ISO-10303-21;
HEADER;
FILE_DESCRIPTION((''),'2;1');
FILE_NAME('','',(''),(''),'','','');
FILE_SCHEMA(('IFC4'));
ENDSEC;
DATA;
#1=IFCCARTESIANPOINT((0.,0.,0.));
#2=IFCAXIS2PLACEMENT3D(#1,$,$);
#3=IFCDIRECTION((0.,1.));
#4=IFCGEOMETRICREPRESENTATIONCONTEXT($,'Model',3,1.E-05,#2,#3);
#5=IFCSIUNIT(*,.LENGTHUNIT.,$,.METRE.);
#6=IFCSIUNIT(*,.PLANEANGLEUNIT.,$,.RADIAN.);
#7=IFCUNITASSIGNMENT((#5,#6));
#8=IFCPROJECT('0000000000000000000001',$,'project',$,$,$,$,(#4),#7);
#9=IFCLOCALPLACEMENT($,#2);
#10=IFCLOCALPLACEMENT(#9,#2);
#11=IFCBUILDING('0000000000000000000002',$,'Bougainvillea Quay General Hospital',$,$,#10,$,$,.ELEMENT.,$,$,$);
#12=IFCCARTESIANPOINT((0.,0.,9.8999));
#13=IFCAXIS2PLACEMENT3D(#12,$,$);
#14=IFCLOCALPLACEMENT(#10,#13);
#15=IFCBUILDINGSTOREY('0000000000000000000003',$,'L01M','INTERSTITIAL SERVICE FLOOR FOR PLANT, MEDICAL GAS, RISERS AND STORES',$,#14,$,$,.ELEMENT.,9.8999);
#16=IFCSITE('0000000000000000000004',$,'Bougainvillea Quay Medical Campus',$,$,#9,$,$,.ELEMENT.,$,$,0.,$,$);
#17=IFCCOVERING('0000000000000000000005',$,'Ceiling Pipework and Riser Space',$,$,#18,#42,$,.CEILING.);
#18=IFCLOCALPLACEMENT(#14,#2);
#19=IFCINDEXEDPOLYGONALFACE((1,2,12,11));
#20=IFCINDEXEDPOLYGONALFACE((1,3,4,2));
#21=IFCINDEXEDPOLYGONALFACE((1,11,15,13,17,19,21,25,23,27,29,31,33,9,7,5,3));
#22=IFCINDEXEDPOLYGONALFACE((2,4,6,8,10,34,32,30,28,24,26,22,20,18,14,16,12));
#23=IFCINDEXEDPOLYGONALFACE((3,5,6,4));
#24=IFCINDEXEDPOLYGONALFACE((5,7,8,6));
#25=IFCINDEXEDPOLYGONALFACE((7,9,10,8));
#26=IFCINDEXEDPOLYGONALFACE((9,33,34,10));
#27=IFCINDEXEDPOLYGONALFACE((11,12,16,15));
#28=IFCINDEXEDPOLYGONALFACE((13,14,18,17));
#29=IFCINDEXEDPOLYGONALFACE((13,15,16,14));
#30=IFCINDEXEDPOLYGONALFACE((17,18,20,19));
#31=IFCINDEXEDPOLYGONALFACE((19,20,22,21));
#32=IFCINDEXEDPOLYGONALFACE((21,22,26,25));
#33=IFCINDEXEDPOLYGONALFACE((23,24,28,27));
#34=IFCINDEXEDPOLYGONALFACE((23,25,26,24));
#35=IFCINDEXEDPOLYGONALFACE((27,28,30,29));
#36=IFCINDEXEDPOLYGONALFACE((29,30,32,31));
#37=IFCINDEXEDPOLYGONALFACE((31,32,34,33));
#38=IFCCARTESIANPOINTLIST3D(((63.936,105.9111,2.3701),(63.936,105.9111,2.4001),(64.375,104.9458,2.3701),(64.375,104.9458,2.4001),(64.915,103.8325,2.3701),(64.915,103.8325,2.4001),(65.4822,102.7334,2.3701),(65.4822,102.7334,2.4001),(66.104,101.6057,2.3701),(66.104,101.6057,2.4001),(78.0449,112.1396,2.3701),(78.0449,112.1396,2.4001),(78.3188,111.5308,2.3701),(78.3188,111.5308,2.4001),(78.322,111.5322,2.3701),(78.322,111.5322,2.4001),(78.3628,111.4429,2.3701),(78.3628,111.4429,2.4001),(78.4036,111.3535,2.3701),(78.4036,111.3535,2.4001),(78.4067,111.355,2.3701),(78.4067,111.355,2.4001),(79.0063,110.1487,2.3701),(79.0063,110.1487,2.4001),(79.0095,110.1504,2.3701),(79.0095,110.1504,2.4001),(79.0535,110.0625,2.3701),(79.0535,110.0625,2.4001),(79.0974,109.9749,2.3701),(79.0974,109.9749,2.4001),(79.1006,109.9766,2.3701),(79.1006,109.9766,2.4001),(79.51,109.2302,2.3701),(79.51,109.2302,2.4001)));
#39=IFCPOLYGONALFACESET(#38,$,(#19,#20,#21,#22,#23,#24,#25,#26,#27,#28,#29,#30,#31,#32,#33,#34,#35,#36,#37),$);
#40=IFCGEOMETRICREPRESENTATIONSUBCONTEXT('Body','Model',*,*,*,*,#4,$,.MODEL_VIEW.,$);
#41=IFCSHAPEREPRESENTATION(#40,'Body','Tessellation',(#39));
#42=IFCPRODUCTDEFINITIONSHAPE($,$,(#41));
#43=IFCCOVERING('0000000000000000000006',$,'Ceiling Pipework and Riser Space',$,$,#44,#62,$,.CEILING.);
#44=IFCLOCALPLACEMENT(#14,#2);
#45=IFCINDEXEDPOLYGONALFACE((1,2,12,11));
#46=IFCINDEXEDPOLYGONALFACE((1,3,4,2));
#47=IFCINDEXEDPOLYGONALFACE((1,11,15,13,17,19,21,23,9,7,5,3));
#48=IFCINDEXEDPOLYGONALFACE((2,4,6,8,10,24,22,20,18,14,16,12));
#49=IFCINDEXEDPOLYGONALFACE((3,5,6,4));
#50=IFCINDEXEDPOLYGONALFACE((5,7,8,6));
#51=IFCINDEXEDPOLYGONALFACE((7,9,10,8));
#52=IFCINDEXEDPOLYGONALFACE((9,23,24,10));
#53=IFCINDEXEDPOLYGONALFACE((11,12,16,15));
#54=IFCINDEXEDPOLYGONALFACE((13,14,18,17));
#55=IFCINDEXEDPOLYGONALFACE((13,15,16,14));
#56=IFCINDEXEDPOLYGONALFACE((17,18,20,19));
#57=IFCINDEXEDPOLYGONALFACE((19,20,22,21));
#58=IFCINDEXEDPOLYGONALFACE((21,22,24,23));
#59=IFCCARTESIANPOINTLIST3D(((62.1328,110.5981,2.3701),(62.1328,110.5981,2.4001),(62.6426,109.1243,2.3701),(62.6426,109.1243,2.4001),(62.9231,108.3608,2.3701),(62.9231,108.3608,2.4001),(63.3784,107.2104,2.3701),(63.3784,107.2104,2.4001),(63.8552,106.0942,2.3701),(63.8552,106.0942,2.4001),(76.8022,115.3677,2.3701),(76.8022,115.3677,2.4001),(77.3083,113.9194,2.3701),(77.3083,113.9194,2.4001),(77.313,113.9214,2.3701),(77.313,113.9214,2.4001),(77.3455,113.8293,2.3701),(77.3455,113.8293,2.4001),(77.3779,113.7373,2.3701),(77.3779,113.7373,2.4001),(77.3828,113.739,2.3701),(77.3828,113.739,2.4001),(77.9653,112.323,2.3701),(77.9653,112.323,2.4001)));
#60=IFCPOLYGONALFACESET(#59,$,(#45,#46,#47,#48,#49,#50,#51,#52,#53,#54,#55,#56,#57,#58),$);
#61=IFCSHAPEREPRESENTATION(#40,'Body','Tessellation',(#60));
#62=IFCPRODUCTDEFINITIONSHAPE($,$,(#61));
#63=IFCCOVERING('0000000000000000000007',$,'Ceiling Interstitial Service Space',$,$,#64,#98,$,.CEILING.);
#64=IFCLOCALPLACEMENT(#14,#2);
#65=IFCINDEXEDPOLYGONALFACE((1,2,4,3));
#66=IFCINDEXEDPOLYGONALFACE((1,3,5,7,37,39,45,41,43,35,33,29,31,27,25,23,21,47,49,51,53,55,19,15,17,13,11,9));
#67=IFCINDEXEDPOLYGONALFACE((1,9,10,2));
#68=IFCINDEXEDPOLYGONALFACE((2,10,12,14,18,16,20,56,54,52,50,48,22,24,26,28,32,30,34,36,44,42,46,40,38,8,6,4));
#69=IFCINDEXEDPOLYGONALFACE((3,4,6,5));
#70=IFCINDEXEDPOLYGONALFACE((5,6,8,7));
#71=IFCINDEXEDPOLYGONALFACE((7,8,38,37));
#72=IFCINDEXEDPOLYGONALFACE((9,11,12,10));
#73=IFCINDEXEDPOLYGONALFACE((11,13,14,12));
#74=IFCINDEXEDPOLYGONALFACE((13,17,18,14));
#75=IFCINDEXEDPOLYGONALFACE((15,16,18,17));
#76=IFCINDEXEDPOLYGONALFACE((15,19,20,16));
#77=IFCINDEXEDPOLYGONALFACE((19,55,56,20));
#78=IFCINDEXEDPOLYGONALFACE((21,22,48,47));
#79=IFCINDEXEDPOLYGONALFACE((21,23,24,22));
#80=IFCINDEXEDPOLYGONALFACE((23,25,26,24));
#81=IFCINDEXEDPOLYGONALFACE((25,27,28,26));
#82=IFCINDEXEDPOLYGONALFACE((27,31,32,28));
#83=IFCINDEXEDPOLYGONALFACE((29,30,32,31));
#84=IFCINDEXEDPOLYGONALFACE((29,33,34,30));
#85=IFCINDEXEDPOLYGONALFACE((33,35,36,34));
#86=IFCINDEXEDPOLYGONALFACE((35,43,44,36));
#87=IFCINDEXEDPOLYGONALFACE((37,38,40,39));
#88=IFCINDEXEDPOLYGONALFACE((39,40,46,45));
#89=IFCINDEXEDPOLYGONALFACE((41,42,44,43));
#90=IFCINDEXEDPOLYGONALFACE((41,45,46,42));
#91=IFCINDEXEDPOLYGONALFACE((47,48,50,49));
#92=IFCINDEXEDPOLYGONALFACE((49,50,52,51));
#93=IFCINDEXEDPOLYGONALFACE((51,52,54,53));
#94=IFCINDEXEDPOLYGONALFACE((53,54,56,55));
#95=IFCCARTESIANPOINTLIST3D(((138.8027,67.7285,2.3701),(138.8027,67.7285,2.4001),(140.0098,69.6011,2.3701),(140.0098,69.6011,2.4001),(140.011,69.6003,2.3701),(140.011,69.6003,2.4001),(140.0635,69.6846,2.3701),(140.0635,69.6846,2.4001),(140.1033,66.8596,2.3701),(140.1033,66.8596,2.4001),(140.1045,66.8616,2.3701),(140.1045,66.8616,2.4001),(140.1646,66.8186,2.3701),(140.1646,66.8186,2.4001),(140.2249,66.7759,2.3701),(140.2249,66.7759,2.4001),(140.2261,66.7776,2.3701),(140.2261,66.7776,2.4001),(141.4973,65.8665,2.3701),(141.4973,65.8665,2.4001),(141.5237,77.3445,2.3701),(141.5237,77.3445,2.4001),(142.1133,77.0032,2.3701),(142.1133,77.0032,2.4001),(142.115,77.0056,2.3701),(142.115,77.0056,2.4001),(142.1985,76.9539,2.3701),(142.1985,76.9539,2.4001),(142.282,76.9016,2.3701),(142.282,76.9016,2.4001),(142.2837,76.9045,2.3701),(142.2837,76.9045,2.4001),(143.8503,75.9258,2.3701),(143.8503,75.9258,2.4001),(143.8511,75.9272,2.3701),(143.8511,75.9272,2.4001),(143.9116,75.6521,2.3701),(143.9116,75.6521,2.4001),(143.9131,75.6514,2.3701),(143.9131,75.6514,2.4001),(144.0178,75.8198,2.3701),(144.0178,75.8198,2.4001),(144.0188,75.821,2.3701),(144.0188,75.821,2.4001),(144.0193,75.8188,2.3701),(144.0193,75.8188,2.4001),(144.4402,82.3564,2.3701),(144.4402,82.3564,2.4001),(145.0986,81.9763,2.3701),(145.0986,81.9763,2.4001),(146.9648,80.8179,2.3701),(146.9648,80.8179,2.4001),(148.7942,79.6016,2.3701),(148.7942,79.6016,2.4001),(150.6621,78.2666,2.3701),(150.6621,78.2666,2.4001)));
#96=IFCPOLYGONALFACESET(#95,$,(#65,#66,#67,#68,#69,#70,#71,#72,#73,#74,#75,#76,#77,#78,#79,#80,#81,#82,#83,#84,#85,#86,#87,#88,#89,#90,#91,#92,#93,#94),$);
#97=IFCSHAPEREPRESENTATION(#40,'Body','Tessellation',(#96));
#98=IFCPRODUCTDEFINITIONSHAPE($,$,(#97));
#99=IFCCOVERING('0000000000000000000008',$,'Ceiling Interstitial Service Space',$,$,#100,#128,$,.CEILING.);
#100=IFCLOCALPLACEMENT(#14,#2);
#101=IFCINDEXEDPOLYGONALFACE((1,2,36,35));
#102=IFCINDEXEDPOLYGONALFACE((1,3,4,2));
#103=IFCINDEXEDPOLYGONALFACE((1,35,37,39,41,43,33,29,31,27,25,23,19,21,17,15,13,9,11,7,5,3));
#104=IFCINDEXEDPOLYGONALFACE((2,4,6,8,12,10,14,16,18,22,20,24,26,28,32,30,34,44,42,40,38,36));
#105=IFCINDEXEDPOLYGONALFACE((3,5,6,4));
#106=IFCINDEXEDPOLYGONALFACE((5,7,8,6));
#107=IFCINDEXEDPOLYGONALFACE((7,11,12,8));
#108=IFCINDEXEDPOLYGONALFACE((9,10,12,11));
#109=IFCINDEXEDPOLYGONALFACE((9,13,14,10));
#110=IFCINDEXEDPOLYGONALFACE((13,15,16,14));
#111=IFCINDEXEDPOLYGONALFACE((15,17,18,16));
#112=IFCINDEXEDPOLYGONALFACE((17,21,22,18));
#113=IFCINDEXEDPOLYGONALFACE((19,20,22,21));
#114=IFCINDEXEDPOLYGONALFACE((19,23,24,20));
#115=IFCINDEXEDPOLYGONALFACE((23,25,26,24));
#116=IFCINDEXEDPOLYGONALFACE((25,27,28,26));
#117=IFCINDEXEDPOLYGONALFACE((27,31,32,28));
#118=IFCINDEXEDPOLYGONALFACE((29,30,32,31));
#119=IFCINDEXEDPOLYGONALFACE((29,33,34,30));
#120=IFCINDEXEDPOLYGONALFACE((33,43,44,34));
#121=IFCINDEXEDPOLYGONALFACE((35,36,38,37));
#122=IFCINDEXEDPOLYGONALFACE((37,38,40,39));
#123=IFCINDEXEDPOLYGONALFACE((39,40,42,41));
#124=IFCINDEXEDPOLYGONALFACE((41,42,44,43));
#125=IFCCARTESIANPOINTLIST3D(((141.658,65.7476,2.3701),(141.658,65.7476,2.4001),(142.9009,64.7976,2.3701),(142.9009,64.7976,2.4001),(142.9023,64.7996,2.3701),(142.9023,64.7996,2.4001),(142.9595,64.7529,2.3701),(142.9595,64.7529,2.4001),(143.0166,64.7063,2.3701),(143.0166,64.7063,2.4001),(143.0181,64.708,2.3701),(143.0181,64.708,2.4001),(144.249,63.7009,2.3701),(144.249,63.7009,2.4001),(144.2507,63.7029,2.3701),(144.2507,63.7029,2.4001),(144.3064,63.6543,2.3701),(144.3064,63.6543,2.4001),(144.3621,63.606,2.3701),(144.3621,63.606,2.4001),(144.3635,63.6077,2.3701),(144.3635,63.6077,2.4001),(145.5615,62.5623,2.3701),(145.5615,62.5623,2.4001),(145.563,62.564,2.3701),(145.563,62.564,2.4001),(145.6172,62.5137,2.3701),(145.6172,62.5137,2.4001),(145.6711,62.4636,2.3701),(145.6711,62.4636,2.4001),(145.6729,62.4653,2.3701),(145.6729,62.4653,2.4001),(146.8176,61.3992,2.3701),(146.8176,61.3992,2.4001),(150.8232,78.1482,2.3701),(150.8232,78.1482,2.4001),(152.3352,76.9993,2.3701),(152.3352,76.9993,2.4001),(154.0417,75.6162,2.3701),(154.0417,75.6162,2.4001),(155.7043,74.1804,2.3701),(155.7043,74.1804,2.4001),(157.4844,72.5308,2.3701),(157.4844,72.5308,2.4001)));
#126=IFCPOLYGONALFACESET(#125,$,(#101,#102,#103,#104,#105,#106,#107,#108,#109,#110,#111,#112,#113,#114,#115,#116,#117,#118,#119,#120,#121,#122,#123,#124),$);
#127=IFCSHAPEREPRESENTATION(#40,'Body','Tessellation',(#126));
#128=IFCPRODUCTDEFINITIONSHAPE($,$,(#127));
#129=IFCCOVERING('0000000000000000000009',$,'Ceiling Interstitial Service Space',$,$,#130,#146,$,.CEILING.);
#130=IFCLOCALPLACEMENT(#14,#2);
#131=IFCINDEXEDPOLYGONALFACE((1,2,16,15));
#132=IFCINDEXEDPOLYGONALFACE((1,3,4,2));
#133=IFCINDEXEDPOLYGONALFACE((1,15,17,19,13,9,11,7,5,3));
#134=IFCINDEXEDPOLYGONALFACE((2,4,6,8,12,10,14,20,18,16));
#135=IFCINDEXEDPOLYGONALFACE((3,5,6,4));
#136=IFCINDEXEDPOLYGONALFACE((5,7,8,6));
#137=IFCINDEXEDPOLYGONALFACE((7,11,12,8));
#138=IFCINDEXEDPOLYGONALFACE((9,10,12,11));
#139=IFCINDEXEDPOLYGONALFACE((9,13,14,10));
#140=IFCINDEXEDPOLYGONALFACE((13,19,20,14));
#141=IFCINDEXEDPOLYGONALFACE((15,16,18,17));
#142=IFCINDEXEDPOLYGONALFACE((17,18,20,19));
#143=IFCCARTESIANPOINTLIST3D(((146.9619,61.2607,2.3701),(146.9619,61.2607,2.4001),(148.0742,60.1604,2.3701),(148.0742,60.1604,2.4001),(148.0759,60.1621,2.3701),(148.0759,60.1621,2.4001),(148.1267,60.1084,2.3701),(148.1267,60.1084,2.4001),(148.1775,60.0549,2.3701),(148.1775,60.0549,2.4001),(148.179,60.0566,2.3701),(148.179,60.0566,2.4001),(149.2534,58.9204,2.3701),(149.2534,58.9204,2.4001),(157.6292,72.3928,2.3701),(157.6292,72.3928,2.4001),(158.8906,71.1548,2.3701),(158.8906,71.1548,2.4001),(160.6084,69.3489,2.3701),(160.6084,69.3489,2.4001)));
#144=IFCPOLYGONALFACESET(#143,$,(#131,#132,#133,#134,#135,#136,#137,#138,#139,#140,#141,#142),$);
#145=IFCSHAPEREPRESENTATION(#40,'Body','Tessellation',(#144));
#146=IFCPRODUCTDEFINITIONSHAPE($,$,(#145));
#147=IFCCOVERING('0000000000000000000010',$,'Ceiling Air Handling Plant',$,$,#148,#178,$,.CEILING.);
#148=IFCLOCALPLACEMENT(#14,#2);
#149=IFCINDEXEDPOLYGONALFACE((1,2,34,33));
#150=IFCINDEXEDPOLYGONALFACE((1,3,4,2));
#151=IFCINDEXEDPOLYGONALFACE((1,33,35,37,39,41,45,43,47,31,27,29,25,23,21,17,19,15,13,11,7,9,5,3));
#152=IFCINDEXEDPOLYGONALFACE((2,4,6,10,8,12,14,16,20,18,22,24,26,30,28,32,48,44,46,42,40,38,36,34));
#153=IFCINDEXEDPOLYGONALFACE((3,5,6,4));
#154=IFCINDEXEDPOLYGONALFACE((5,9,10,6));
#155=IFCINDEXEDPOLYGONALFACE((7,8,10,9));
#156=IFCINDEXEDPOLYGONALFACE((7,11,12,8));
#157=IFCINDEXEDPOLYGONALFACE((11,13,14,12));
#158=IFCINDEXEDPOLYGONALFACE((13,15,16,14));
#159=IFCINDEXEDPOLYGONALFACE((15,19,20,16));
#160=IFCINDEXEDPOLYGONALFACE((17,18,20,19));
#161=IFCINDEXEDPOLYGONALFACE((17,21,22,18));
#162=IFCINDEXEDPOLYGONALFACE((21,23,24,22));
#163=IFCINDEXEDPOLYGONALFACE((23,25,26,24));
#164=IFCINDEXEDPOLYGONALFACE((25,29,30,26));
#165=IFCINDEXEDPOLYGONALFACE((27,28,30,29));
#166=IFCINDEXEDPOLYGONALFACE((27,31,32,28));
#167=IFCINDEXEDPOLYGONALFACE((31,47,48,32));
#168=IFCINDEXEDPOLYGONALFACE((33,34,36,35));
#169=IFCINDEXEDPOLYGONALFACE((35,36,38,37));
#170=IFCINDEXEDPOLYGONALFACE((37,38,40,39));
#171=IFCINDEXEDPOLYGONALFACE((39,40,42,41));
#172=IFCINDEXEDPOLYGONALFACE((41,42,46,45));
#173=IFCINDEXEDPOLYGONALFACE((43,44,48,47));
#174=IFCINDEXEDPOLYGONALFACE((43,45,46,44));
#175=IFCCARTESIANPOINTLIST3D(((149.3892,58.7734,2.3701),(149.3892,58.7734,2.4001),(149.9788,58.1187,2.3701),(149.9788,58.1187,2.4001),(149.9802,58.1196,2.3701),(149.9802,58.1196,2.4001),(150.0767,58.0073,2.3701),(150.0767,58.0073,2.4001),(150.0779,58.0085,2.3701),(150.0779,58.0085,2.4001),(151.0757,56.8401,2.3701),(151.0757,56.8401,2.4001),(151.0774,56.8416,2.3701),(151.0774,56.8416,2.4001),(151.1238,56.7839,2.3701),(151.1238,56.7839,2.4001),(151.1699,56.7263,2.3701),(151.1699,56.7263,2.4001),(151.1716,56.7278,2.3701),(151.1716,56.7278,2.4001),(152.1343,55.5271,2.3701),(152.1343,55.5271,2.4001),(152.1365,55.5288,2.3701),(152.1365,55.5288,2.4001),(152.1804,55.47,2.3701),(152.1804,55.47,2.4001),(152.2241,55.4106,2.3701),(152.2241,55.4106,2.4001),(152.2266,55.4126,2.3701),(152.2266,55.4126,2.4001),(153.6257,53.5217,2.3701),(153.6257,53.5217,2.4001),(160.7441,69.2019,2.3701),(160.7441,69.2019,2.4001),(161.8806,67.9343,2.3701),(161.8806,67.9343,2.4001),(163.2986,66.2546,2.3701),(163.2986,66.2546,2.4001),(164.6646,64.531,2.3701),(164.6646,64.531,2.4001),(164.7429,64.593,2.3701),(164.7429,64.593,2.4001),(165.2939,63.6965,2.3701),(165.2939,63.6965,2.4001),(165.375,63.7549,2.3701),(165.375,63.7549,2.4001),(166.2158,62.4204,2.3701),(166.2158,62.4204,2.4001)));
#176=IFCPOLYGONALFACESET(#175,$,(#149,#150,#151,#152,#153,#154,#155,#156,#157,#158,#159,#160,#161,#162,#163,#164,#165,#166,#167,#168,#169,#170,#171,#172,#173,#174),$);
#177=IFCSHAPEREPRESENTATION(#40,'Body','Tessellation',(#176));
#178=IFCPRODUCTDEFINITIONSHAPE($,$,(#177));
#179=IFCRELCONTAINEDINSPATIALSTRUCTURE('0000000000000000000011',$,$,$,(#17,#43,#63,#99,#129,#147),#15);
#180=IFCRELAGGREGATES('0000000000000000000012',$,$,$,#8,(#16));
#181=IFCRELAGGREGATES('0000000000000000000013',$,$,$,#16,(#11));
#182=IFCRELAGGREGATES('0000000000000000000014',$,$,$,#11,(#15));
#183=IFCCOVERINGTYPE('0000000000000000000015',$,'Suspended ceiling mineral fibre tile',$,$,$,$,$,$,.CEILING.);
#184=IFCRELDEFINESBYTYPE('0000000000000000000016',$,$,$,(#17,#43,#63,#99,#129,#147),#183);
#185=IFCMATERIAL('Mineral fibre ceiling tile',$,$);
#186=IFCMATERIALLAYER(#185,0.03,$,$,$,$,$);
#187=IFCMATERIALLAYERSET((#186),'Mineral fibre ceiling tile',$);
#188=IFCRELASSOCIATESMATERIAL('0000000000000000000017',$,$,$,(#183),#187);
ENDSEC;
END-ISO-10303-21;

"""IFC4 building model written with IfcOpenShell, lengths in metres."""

from ifc_helpers import new_model, si_unit, direction, frame, origin, place, context, subcontext, project, spatial, polyline, outline, extrude, material, layer, layer_set, type_object, element, save


model = new_model("IFC4")

# Units and contexts
model_context = context("Model", 3, precision=1e-05, world=origin(), true_north=direction((0.0, 1.0)))
body_context = subcontext(model_context, "Body", "Model", "MODEL_VIEW")
ifc_project = project(units=[si_unit("LENGTHUNIT", "METRE"), si_unit("PLANEANGLEUNIT", "RADIAN")], contexts=[model_context])

# Site, building, storey
site_placement = place(None, origin())
site = spatial("IfcSite", under=ifc_project, at=site_placement, Name="Bougainvillea Quay Medical Campus", CompositionType="ELEMENT", RefElevation=0.0)
building_placement = place(site_placement, origin())
building = spatial("IfcBuilding", under=site, at=building_placement, Name="Bougainvillea Quay General Hospital", CompositionType="ELEMENT")
storey_placement = place(building_placement, frame((0.0, 0.0, 9.8999)))
storey = spatial("IfcBuildingStorey", under=building, at=storey_placement, Name="L01M", Description="INTERSTITIAL SERVICE FLOOR FOR PLANT, MEDICAL GAS, RISERS AND STORES", CompositionType="ELEMENT", Elevation=9.8999)

# Coverings
ifc_material = material(Name="Mineral fibre ceiling tile")
ifc_layer = layer(ifc_material, 0.03)
ifc_layer_set = layer_set([ifc_layer], Name="Mineral fibre ceiling tile")
covering_type = type_object("IfcCoveringType", Name="Suspended ceiling mineral fibre tile", PredefinedType="CEILING", material=ifc_layer_set)
covering_1_placement = place(storey_placement, frame((0.0, 0.0, 2.3701)))
element("IfcCovering", 1, at=covering_1_placement, inside=storey, type_object=covering_type, Name="Ceiling Pipework and Riser Space", PredefinedType="CEILING", context=body_context, shape_type="SweptSolid", body=[
    extrude(outline(polyline([(63.936, 105.9111), (64.375, 104.9458), (64.915, 103.8325), (65.4822, 102.7334), (66.104, 101.6057), (79.51, 109.2302), (79.1006, 109.9766), (79.0974, 109.9749), (79.0535, 110.0625), (79.0063, 110.1487), (79.0095, 110.1504), (78.4067, 111.355), (78.4036, 111.3535), (78.3628, 111.4429), (78.3188, 111.5308), (78.322, 111.5322), (78.0449, 112.1396), (63.936, 105.9111)])), origin(), (0.0, 0.0, 1.0), 0.03),
])
covering_2_placement = place(storey_placement, frame((0.0, 0.0, 2.3701)))
element("IfcCovering", 2, at=covering_2_placement, inside=storey, type_object=covering_type, Name="Ceiling Pipework and Riser Space", PredefinedType="CEILING", context=body_context, shape_type="SweptSolid", body=[
    extrude(outline(polyline([(77.3779, 113.7373), (77.3455, 113.8293), (77.3083, 113.9194), (77.313, 113.9214), (76.8022, 115.3677), (62.1328, 110.5981), (62.6426, 109.1243), (62.9231, 108.3608), (63.3784, 107.2104), (63.8552, 106.0942), (77.9653, 112.323), (77.3828, 113.739), (77.3779, 113.7373)])), origin(), (0.0, 0.0, 1.0), 0.03),
])
covering_3_placement = place(storey_placement, frame((0.0, 0.0, 2.3701)))
element("IfcCovering", 3, at=covering_3_placement, inside=storey, type_object=covering_type, Name="Ceiling Interstitial Service Space", PredefinedType="CEILING", context=body_context, shape_type="SweptSolid", body=[
    extrude(outline(polyline([(141.5237, 77.3445), (142.1133, 77.0032), (142.115, 77.0056), (142.1985, 76.9539), (142.2837, 76.9045), (142.282, 76.9016), (143.8503, 75.9258), (143.8511, 75.9272), (144.0188, 75.821), (144.0178, 75.8198), (144.0193, 75.8188), (143.9131, 75.6514), (143.9116, 75.6521), (140.0635, 69.6846), (140.011, 69.6003), (140.0098, 69.6011), (138.8027, 67.7285), (140.1033, 66.8596), (140.1045, 66.8616), (140.1646, 66.8186), (140.2261, 66.7776), (140.2249, 66.7759), (141.4973, 65.8665), (150.6621, 78.2666), (148.7942, 79.6016), (146.9648, 80.8179), (145.0986, 81.9763), (144.4402, 82.3564), (141.5237, 77.3445)])), origin(), (0.0, 0.0, 1.0), 0.03),
])
covering_4_placement = place(storey_placement, frame((0.0, 0.0, 2.3701)))
element("IfcCovering", 4, at=covering_4_placement, inside=storey, type_object=covering_type, Name="Ceiling Interstitial Service Space", PredefinedType="CEILING", context=body_context, shape_type="SweptSolid", body=[
    extrude(outline(polyline([(142.9023, 64.7996), (142.9595, 64.7529), (143.0181, 64.708), (143.0166, 64.7063), (144.249, 63.7009), (144.2507, 63.7029), (144.3064, 63.6543), (144.3635, 63.6077), (144.3621, 63.606), (145.5615, 62.5623), (145.563, 62.564), (145.6172, 62.5137), (145.6729, 62.4653), (145.6711, 62.4636), (146.8176, 61.3992), (157.4844, 72.5308), (155.7043, 74.1804), (154.0417, 75.6162), (152.3352, 76.9993), (150.8232, 78.1482), (141.658, 65.7476), (142.9009, 64.7976), (142.9023, 64.7996)])), origin(), (0.0, 0.0, 1.0), 0.03),
])
covering_5_placement = place(storey_placement, frame((0.0, 0.0, 2.3701)))
element("IfcCovering", 5, at=covering_5_placement, inside=storey, type_object=covering_type, Name="Ceiling Interstitial Service Space", PredefinedType="CEILING", context=body_context, shape_type="SweptSolid", body=[
    extrude(outline(polyline([(148.0742, 60.1604), (148.0759, 60.1621), (148.1267, 60.1084), (148.179, 60.0566), (148.1775, 60.0549), (149.2534, 58.9204), (160.6084, 69.3489), (158.8906, 71.1548), (157.6292, 72.3928), (146.9619, 61.2607), (148.0742, 60.1604)])), origin(), (0.0, 0.0, 1.0), 0.03),
])
covering_6_placement = place(storey_placement, frame((0.0, 0.0, 2.3701)))
element("IfcCovering", 6, at=covering_6_placement, inside=storey, type_object=covering_type, Name="Ceiling Air Handling Plant", PredefinedType="CEILING", context=body_context, shape_type="SweptSolid", body=[
    extrude(outline(polyline([(164.7429, 64.593), (164.6646, 64.531), (163.2986, 66.2546), (161.8806, 67.9343), (160.7441, 69.2019), (149.3892, 58.7734), (149.9788, 58.1187), (149.9802, 58.1196), (150.0779, 58.0085), (150.0767, 58.0073), (151.0757, 56.8401), (151.0774, 56.8416), (151.1238, 56.7839), (151.1716, 56.7278), (151.1699, 56.7263), (152.1343, 55.5271), (152.1365, 55.5288), (152.1804, 55.47), (152.2266, 55.4126), (152.2241, 55.4106), (153.6257, 53.5217), (166.2158, 62.4204), (165.2939, 63.6965), (165.375, 63.7549), (164.7429, 64.593)])), origin(), (0.0, 0.0, 1.0), 0.03),
])

save(model, "model.ifc")
